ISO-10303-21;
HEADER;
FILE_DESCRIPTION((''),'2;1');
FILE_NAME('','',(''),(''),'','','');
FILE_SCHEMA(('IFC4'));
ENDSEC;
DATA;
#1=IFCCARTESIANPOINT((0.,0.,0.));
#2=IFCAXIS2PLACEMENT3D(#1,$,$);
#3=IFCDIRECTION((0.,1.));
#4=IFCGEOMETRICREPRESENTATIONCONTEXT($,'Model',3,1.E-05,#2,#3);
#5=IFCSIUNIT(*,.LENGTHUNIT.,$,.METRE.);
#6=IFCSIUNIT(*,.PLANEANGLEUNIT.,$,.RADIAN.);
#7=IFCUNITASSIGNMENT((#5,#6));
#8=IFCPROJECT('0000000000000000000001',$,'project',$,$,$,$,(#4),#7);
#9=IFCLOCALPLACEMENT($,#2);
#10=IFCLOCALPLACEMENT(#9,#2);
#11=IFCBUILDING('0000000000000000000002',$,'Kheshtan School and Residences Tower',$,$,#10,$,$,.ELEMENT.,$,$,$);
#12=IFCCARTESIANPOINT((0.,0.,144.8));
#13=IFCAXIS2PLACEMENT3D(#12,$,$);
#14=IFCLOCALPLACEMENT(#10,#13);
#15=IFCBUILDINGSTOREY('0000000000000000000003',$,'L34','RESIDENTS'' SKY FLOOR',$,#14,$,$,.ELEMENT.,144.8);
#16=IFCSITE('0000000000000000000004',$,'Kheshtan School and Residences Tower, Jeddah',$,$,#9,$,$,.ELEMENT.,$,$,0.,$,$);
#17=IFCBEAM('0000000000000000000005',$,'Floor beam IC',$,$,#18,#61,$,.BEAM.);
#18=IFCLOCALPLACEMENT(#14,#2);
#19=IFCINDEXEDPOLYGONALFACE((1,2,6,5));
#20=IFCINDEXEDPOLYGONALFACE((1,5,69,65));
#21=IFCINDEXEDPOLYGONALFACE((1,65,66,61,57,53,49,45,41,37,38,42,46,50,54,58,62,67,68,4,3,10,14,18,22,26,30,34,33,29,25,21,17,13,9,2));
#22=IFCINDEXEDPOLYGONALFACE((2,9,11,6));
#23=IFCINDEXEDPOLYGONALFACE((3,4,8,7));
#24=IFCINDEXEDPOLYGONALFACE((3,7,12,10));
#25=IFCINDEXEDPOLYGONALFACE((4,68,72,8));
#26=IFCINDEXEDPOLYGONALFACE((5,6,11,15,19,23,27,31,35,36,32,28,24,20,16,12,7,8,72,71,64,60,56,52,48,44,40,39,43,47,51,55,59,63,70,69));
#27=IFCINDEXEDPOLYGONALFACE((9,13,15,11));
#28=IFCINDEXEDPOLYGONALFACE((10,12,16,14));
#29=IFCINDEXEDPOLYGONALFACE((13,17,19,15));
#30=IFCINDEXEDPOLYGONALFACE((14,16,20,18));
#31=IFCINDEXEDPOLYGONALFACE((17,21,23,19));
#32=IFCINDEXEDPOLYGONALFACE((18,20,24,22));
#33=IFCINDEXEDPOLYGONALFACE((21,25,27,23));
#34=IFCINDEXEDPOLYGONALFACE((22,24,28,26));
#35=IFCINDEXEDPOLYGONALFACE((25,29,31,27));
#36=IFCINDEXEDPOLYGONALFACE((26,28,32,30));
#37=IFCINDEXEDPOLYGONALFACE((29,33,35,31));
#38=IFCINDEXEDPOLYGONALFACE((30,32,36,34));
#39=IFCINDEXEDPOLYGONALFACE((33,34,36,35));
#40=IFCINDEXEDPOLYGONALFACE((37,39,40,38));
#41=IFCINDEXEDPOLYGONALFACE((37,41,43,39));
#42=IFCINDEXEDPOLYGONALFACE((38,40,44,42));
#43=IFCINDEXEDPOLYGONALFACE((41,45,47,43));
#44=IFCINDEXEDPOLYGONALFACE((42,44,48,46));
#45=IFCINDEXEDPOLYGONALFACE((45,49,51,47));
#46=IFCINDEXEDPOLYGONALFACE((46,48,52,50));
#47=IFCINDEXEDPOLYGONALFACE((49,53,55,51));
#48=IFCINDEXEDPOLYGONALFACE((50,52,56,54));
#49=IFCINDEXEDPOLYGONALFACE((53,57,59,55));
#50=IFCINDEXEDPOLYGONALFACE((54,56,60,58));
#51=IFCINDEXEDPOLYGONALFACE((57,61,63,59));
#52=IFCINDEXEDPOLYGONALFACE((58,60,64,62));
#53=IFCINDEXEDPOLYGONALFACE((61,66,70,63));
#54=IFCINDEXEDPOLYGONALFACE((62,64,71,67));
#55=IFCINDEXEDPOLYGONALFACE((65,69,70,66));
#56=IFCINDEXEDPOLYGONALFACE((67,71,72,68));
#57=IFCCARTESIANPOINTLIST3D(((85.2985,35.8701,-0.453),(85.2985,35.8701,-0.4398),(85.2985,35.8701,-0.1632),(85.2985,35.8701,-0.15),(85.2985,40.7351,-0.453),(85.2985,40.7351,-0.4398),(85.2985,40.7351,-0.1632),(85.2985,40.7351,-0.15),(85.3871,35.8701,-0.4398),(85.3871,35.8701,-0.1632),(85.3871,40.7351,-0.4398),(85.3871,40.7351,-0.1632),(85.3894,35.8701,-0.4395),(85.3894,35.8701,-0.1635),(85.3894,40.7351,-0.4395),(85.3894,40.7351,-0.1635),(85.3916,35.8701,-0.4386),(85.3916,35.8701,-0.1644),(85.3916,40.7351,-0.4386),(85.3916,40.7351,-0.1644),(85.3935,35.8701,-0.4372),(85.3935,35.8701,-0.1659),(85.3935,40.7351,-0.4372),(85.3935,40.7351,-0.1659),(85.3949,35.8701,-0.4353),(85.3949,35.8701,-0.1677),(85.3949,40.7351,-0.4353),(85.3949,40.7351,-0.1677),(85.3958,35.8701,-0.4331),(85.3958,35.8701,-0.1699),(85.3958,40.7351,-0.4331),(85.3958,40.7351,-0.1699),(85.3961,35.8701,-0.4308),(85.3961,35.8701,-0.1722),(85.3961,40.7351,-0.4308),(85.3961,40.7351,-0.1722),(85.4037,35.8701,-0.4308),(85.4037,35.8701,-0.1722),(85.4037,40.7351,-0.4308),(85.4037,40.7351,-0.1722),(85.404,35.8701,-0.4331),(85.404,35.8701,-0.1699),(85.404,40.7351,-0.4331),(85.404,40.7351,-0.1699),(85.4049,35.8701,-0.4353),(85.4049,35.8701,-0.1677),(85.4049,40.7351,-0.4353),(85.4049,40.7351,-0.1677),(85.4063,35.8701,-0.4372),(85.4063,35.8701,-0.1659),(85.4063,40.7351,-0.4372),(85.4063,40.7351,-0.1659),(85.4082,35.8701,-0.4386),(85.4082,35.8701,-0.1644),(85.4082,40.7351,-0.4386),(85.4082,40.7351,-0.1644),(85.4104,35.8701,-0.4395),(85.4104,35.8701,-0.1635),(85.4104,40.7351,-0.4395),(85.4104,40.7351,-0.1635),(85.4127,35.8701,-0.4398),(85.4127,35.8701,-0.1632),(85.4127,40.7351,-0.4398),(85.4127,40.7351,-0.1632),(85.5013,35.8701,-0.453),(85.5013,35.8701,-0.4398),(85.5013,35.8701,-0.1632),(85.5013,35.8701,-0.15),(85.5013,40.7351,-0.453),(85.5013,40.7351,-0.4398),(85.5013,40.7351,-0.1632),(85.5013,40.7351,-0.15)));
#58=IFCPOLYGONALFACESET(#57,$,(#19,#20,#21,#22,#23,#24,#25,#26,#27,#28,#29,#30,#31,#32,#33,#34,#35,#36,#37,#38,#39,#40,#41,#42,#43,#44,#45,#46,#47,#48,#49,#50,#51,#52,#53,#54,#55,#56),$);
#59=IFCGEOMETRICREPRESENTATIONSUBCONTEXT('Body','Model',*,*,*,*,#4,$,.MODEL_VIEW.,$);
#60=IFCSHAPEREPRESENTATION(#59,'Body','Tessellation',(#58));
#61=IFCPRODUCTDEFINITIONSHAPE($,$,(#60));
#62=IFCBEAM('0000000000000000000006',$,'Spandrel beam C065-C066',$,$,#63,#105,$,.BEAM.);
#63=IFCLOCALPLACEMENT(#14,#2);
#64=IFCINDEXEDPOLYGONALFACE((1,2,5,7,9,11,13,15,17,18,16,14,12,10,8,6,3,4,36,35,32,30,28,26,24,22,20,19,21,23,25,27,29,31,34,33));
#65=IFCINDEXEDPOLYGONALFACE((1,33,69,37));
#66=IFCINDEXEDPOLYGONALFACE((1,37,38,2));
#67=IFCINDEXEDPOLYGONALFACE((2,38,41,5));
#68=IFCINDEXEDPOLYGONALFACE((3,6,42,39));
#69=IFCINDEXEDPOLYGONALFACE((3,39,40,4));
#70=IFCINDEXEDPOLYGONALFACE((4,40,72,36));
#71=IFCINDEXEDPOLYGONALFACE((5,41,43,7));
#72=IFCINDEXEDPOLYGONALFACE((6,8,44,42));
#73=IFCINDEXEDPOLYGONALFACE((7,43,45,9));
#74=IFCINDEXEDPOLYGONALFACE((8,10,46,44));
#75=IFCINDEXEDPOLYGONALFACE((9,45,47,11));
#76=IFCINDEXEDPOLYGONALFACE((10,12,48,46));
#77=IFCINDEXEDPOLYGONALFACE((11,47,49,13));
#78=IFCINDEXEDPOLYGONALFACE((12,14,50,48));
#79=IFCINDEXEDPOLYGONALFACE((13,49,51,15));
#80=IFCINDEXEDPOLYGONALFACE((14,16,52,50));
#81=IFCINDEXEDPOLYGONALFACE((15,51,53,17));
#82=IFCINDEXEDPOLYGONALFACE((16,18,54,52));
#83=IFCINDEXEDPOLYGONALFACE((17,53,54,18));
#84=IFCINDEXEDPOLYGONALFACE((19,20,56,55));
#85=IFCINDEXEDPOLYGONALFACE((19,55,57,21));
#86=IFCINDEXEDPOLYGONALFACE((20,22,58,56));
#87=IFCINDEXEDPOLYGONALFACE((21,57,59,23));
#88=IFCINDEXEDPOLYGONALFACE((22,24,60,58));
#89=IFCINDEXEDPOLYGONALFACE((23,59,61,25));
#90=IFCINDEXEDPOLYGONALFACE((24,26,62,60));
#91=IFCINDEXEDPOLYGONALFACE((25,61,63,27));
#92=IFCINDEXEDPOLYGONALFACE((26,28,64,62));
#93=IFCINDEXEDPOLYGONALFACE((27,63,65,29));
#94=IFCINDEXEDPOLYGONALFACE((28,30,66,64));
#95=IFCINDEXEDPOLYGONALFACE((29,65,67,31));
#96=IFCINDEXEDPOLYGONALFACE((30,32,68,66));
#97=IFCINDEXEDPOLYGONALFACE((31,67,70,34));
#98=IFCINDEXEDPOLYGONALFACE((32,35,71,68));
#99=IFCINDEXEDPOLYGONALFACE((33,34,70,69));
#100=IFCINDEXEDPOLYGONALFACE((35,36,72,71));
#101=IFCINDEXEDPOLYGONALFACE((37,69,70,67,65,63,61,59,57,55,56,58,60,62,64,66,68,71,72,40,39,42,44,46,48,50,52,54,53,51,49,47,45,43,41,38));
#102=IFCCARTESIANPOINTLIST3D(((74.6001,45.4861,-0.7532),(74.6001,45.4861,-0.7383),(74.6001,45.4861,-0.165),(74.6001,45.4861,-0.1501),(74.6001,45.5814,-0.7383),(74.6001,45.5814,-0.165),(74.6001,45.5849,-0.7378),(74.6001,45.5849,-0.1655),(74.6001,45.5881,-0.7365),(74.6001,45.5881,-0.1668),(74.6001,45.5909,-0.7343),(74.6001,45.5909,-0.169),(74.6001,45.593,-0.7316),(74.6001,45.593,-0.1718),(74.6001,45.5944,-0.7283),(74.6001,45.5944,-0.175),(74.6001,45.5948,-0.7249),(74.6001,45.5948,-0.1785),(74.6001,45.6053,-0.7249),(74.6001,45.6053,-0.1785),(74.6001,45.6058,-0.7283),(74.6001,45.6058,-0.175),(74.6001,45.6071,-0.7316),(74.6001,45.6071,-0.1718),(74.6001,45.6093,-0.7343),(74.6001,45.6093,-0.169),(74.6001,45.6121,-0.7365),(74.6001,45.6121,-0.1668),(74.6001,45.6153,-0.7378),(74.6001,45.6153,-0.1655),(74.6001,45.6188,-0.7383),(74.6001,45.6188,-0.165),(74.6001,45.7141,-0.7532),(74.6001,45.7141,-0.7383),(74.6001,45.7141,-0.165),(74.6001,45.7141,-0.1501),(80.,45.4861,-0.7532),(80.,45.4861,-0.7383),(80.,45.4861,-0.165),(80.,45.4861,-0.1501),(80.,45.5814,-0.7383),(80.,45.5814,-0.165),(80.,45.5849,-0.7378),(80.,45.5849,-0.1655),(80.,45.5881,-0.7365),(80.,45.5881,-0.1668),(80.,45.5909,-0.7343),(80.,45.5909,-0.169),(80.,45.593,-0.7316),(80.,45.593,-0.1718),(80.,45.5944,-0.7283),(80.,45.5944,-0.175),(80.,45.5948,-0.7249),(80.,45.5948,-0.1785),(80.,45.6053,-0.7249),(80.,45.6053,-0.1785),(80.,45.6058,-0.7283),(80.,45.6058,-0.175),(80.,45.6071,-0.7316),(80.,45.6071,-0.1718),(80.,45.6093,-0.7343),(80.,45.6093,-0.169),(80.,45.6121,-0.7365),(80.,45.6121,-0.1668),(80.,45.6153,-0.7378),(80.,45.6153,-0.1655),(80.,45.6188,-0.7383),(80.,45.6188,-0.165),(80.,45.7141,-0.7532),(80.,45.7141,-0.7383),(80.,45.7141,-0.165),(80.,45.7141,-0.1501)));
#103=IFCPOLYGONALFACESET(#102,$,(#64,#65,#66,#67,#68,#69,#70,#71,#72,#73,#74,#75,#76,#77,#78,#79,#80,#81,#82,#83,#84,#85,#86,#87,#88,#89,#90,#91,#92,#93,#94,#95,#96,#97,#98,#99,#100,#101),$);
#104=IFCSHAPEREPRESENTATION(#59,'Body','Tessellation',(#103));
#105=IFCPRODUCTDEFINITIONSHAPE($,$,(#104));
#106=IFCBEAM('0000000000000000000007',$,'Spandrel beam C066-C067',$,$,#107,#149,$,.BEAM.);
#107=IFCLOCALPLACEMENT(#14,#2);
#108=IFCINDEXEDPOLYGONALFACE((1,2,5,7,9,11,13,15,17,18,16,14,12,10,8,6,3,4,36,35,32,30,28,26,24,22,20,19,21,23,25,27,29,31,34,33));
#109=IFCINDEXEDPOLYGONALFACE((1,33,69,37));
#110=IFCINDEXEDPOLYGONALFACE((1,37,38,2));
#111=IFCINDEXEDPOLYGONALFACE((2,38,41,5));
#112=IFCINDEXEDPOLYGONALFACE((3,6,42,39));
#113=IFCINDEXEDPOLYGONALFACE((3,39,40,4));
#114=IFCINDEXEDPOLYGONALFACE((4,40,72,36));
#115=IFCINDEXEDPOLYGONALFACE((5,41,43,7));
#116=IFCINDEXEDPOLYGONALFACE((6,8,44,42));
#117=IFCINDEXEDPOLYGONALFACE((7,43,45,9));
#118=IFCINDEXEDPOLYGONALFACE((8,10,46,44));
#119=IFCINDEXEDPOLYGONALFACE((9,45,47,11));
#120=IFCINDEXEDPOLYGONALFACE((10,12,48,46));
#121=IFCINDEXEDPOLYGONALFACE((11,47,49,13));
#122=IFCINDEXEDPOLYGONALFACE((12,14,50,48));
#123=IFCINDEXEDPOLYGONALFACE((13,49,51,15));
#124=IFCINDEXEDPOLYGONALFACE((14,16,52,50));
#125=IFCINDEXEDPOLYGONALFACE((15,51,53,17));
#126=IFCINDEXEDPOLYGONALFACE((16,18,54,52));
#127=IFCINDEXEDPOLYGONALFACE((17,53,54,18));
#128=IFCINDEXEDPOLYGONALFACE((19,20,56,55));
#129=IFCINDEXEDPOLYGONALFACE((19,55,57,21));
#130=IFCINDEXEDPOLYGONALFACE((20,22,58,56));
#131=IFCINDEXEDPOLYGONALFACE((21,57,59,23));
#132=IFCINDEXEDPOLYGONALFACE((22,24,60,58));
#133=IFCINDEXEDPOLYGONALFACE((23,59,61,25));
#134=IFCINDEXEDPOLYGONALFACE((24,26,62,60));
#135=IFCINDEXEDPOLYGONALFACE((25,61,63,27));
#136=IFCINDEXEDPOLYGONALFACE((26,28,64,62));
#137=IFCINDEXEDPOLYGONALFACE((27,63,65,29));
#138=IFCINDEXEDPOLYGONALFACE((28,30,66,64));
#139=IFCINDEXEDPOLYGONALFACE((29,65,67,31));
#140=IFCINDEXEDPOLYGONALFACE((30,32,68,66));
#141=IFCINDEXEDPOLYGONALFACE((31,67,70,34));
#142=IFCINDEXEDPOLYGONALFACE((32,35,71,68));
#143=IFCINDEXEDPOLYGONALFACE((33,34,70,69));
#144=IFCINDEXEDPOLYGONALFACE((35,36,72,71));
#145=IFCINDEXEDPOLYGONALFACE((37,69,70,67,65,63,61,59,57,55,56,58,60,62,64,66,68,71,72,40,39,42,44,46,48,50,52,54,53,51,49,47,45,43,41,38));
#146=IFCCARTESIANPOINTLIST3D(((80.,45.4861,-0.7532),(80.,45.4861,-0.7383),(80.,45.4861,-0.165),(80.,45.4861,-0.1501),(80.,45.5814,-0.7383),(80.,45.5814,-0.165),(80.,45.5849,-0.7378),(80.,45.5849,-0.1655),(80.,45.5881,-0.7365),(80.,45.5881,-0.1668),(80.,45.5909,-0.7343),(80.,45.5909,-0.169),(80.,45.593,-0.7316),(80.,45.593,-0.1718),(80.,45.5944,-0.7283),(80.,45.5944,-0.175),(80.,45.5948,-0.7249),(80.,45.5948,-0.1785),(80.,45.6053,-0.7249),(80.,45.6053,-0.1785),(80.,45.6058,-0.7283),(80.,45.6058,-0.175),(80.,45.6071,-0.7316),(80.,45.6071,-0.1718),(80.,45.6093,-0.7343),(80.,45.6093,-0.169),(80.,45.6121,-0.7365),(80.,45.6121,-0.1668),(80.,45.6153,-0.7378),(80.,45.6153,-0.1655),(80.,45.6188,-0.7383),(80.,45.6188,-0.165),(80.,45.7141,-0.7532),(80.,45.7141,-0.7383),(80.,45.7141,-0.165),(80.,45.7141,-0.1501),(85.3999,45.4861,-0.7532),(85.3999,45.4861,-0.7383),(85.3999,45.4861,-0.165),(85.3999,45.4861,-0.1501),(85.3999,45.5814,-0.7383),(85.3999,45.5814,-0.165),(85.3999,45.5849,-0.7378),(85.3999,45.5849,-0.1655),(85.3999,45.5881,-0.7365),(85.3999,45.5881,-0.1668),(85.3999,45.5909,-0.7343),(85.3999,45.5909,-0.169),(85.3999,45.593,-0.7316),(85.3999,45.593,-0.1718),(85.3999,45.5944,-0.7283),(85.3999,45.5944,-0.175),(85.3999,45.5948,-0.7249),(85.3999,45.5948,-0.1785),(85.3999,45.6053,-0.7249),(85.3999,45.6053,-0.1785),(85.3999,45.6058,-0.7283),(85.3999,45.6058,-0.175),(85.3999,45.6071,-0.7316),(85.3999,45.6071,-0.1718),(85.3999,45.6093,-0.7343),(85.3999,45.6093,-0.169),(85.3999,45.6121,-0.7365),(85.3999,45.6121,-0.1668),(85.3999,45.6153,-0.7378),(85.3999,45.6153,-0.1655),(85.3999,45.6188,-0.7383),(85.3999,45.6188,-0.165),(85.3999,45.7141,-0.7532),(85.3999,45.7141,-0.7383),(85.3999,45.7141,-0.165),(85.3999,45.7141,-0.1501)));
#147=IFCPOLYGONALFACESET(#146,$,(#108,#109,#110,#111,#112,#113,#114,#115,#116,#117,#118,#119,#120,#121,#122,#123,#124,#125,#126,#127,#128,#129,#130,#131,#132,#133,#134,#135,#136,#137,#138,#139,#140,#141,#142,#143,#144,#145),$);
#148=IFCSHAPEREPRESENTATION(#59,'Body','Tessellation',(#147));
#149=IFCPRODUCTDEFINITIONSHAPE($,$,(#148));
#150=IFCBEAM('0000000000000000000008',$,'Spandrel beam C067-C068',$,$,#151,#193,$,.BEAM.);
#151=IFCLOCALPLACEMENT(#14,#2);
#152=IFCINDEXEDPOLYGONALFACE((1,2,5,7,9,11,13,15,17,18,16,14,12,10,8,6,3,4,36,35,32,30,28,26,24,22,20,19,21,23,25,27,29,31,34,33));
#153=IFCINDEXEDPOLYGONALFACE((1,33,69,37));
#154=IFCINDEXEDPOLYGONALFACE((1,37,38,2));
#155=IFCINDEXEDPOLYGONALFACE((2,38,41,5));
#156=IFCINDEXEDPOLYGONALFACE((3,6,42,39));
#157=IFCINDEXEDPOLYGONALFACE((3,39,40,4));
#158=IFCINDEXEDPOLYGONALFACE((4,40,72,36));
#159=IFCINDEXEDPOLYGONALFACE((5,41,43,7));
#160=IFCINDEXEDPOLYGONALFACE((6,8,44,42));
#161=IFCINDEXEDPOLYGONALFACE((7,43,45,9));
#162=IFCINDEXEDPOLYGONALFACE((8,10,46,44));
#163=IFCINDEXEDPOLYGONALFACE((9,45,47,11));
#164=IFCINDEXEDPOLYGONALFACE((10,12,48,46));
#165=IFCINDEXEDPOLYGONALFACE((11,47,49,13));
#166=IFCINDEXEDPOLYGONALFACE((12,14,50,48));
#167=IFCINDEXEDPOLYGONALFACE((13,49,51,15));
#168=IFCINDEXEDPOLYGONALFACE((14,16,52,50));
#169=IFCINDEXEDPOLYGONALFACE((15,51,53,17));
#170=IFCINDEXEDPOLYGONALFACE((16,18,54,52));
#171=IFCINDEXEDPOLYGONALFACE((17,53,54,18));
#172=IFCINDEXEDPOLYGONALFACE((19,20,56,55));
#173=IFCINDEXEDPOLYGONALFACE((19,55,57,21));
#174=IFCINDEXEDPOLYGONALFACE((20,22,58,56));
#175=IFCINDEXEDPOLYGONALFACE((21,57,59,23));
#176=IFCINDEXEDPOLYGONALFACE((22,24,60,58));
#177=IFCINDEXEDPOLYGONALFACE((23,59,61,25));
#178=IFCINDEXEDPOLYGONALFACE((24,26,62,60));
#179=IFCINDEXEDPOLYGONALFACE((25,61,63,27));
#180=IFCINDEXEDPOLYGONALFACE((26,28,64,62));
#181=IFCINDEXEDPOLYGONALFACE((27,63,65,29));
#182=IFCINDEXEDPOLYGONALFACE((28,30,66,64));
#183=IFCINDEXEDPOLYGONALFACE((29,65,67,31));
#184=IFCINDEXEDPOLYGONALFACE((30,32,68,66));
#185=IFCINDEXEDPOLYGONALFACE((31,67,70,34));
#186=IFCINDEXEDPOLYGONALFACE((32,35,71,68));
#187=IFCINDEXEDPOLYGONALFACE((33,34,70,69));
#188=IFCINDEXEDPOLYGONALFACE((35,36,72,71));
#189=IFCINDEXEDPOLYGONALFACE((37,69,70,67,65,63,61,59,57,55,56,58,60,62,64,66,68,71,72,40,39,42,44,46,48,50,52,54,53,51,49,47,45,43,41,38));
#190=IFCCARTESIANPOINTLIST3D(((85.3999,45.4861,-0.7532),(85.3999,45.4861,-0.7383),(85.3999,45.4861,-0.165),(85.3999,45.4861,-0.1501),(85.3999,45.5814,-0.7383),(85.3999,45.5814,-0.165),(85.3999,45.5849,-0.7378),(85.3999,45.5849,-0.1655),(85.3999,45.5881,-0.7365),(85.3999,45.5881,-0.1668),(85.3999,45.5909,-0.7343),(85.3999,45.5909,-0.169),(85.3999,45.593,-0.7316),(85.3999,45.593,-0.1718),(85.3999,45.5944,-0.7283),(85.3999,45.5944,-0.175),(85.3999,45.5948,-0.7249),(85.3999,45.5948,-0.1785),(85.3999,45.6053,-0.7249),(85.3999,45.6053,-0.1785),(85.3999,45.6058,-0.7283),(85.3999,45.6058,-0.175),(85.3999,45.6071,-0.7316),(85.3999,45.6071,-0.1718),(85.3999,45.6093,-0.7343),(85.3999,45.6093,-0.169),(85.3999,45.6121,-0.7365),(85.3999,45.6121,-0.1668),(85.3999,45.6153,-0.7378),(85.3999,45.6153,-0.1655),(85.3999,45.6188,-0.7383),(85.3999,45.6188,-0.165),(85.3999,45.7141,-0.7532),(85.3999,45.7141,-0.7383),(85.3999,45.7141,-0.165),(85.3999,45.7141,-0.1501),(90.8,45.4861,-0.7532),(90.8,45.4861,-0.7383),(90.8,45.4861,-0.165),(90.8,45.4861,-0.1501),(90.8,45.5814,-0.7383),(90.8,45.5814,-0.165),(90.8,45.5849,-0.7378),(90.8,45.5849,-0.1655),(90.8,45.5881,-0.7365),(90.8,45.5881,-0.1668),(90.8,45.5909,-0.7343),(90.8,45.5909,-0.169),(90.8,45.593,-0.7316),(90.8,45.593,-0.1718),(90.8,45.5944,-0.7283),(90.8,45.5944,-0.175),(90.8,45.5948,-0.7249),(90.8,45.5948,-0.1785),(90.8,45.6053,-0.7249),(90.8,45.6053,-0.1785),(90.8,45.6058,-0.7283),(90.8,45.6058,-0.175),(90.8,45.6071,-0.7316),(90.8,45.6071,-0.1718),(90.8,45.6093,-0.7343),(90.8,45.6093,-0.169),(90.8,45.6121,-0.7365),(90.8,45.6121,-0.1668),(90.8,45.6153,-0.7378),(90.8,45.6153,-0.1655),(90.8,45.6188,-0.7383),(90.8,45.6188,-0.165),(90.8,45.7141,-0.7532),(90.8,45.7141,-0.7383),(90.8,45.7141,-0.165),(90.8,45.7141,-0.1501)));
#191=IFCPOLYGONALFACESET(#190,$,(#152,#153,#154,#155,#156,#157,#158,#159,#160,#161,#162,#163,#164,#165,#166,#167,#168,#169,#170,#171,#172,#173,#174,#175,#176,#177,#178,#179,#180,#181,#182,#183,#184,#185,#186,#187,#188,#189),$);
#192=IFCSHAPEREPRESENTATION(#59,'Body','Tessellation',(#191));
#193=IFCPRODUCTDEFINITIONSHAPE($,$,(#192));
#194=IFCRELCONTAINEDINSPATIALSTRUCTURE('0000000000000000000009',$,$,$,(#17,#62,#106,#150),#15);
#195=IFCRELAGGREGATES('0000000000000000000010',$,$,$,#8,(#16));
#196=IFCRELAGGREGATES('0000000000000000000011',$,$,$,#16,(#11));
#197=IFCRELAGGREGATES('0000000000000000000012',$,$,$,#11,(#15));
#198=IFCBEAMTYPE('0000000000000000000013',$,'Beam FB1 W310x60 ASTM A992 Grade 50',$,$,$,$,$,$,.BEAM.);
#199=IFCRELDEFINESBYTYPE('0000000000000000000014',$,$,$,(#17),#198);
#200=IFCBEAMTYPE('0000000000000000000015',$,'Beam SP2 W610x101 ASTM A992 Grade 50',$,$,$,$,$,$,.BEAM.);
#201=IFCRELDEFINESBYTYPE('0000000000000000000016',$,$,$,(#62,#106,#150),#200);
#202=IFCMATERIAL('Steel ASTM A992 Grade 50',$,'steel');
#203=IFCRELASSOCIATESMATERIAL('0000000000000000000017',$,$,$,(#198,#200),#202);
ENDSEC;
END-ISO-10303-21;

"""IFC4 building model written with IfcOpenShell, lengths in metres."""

from ifc_helpers import new_model, si_unit, direction, frame, origin, origin_2d, place, context, subcontext, project, spatial, i_section, extrude, material, material_profile, profile_set, type_object, element, save


model = new_model("IFC4")

# Units and contexts
model_context = context("Model", 3, precision=1e-05, world=origin(), true_north=direction((0.0, 1.0)))
body_context = subcontext(model_context, "Body", "Model", "MODEL_VIEW")
ifc_project = project(units=[si_unit("LENGTHUNIT", "METRE"), si_unit("PLANEANGLEUNIT", "RADIAN")], contexts=[model_context])

# Site, building, storey
site_placement = place(None, origin())
site = spatial("IfcSite", under=ifc_project, at=site_placement, Name="Kheshtan School and Residences Tower, Jeddah", CompositionType="ELEMENT", RefElevation=0.0)
building_placement = place(site_placement, origin())
building = spatial("IfcBuilding", under=site, at=building_placement, Name="Kheshtan School and Residences Tower", CompositionType="ELEMENT")
storey_placement = place(building_placement, frame((0.0, 0.0, 144.8)))
storey = spatial("IfcBuildingStorey", under=building, at=storey_placement, Name="L34", Description="RESIDENTS' SKY FLOOR", CompositionType="ELEMENT", Elevation=144.8)

# Shared definitions
ifc_material_1 = material(Name="Steel ASTM A992 Grade 50", Category="steel")

# Beams
ifc_material_profile_1 = material_profile(ifc_material_1, i_section(OverallWidth=0.2029, OverallDepth=0.303, WebThickness=0.0076, FlangeThickness=0.0132, FilletRadius=0.009, at=origin_2d()), Name="W310x60")
ifc_profile_set_1 = profile_set([ifc_material_profile_1], Name="Steel ASTM A992 Grade 50")
beam_type_1 = type_object("IfcBeamType", Name="Beam FB1 W310x60 ASTM A992 Grade 50", PredefinedType="BEAM", material=ifc_profile_set_1)
for number, where, z_axis, x_axis, name in (
    (1, (85.3999, 40.7351, -0.3015), (0.0, -1.0, 0.0), (1.0, 0.0, 0.0), "Floor beam IC"),
):
    element("IfcBeam", number, at=place(storey_placement, frame(where, z_axis=z_axis, x_axis=x_axis)), inside=storey, type_object=beam_type_1, Name=name, PredefinedType="BEAM", context=body_context, shape_type="SweptSolid", body=[
        extrude(i_section(OverallWidth=0.2029, OverallDepth=0.303, WebThickness=0.0076, FlangeThickness=0.0132, FilletRadius=0.009, at=origin_2d()), origin(), (0.0, 0.0, 1.0), 4.865),
    ])
ifc_material_profile_2 = material_profile(ifc_material_1, i_section(OverallWidth=0.228, OverallDepth=0.603, WebThickness=0.0105, FlangeThickness=0.0149, FilletRadius=0.0134, at=origin_2d()), Name="W610x101")
ifc_profile_set_2 = profile_set([ifc_material_profile_2], Name="Steel ASTM A992 Grade 50")
beam_type_2 = type_object("IfcBeamType", Name="Beam SP2 W610x101 ASTM A992 Grade 50", PredefinedType="BEAM", material=ifc_profile_set_2)
for number, where, z_axis, x_axis, name in (
    (2, (74.6001, 45.6001, -0.4517), (1.0, 0.0, 0.0), (0.0, 1.0, 0.0), "Spandrel beam C065-C066"),
    (3, (80.0, 45.6001, -0.4517), (1.0, 0.0, 0.0), (0.0, 1.0, 0.0), "Spandrel beam C066-C067"),
):
    element("IfcBeam", number, at=place(storey_placement, frame(where, z_axis=z_axis, x_axis=x_axis)), inside=storey, type_object=beam_type_2, Name=name, PredefinedType="BEAM", context=body_context, shape_type="SweptSolid", body=[
        extrude(i_section(OverallWidth=0.228, OverallDepth=0.603, WebThickness=0.0105, FlangeThickness=0.0149, FilletRadius=0.0134, at=origin_2d()), origin(), (0.0, 0.0, 1.0), 5.3999),
    ])
beam_1_placement = place(storey_placement, frame((85.3999, 45.6001, -0.4517), z_axis=(1.0, 0.0, 0.0), x_axis=(0.0, 1.0, 0.0)))
element("IfcBeam", 4, at=beam_1_placement, inside=storey, type_object=beam_type_2, Name="Spandrel beam C067-C068", PredefinedType="BEAM", context=body_context, shape_type="SweptSolid", body=[
    extrude(i_section(OverallWidth=0.228, OverallDepth=0.603, WebThickness=0.0105, FlangeThickness=0.0149, FilletRadius=0.0134, at=origin_2d()), origin(), (0.0, 0.0, 1.0), 5.4001),
])

save(model, "model.ifc")
